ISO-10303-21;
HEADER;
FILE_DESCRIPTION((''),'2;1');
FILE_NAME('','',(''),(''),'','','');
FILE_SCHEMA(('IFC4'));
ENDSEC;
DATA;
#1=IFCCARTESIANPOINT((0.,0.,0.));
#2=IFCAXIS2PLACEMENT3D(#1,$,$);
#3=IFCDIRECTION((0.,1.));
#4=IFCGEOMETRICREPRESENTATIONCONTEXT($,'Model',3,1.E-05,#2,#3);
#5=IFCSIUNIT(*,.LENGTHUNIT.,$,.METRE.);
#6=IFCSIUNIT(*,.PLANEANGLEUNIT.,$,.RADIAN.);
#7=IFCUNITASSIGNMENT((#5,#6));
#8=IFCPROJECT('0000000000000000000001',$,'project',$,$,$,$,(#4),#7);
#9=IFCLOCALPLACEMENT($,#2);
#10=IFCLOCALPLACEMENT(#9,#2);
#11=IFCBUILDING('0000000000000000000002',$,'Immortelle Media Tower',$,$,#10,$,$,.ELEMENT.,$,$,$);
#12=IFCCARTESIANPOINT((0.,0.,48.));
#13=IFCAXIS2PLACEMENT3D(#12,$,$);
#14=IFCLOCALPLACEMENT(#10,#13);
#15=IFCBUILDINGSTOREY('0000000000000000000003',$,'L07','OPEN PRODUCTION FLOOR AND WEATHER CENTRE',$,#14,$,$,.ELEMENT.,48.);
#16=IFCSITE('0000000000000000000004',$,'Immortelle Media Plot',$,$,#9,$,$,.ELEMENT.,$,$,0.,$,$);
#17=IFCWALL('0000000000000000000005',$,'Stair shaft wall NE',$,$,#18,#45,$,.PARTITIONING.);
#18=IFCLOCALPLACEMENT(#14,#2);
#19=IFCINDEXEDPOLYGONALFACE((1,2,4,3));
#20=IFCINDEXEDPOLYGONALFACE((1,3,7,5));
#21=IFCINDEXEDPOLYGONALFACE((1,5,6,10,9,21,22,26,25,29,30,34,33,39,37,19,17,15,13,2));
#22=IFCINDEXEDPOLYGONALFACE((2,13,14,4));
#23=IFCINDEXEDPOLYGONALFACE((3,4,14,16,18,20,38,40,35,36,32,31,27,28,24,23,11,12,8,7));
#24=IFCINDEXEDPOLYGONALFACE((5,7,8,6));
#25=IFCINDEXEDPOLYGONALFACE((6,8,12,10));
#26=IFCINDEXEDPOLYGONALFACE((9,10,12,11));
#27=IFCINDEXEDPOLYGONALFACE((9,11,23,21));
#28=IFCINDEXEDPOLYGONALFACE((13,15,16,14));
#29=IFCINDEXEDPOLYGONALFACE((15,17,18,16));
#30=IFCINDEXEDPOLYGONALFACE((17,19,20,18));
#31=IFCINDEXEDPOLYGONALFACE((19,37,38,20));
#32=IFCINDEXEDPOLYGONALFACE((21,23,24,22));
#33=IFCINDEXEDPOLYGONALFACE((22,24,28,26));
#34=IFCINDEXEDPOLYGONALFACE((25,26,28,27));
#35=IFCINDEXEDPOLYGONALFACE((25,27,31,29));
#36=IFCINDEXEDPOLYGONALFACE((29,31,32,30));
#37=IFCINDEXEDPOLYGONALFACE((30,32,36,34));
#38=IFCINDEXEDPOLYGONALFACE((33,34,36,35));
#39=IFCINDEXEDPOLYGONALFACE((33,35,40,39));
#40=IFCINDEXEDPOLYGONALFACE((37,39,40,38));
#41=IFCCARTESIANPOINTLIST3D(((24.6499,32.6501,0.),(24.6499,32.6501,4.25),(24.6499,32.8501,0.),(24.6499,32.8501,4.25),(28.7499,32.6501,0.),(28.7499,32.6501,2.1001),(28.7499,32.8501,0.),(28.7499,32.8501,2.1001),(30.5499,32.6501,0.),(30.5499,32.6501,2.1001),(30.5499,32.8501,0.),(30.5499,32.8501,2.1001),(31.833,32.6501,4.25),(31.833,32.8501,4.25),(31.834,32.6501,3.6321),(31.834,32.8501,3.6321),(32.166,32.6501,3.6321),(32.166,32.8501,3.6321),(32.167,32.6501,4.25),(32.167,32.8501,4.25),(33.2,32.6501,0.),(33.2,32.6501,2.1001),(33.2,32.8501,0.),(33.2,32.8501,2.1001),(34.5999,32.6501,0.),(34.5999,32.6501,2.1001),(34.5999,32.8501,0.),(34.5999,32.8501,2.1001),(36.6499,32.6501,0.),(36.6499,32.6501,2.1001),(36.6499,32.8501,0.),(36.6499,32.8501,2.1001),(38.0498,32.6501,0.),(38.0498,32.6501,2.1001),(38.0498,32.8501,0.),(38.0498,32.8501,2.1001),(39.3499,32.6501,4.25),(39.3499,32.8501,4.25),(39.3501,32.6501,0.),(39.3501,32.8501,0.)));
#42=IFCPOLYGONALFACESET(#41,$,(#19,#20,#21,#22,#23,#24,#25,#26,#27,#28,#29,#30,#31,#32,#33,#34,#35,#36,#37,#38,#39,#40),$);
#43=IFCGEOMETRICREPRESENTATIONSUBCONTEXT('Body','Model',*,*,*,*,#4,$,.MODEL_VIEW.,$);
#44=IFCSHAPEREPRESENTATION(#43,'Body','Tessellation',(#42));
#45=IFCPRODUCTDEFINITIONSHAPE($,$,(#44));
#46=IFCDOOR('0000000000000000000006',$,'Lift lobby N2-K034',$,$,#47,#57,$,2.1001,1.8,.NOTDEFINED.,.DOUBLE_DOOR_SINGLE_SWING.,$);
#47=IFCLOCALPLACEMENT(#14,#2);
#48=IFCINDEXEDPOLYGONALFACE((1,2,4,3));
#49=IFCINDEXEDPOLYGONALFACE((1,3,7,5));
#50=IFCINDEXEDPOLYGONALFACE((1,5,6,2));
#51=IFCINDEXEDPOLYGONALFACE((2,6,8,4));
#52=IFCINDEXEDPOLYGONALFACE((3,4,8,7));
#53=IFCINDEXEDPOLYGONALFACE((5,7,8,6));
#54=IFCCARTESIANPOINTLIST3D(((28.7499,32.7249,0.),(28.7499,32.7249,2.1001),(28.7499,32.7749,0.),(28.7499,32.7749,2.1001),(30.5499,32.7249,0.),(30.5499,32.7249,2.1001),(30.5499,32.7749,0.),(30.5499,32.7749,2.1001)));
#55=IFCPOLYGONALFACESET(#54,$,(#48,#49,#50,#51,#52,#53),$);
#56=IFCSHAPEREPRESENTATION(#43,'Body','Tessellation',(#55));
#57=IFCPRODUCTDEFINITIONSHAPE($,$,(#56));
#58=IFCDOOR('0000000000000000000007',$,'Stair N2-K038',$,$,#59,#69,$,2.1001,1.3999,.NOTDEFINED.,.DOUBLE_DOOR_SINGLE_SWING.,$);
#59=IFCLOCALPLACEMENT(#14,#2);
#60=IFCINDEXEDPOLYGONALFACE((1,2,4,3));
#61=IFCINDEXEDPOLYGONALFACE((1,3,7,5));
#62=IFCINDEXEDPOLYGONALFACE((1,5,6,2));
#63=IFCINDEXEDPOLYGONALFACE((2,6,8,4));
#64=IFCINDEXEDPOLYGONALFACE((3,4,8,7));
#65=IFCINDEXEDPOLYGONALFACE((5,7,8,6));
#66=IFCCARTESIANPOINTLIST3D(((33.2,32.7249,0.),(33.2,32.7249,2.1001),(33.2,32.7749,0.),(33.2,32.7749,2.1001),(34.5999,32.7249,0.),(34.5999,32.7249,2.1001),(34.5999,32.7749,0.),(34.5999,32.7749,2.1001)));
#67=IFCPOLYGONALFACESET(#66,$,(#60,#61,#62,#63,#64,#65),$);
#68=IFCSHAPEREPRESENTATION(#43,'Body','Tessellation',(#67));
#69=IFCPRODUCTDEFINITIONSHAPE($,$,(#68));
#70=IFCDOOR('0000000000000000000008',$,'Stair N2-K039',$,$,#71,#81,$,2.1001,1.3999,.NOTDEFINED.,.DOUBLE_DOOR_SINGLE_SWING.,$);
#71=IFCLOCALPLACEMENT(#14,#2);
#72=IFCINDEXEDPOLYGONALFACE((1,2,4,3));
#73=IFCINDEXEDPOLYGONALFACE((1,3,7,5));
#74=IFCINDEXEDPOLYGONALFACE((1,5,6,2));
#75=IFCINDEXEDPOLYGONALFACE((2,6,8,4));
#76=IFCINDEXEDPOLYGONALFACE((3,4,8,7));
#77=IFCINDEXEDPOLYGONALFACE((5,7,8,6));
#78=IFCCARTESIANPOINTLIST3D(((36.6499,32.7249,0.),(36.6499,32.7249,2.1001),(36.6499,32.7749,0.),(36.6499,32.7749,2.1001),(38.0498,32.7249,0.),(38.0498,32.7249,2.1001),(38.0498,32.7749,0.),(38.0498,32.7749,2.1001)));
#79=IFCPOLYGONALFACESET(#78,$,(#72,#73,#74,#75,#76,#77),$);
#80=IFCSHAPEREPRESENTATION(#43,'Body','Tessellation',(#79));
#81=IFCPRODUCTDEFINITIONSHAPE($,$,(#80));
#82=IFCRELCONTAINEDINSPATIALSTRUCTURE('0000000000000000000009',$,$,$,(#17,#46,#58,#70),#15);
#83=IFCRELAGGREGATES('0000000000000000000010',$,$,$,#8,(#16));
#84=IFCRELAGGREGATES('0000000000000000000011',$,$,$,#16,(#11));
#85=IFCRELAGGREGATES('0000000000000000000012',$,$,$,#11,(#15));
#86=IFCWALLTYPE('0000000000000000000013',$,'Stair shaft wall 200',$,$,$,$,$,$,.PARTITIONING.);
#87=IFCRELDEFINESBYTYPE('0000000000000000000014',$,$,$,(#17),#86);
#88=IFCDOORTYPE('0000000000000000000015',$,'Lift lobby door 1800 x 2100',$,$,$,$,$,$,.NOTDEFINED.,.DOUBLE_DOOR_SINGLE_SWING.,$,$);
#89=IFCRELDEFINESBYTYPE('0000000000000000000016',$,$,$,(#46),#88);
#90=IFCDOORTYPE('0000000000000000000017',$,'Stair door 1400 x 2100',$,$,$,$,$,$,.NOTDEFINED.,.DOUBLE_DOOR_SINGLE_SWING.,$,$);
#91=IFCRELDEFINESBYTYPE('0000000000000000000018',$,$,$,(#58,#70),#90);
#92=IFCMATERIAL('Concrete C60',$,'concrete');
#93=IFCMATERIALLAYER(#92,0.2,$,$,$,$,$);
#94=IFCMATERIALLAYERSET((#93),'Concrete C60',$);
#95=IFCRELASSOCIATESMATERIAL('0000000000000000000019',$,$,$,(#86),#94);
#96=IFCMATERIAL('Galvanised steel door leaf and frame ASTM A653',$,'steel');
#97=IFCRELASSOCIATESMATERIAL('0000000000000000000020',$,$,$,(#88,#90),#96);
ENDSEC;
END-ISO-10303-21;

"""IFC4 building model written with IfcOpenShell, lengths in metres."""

from ifc_helpers import new_model, si_unit, direction, frame, frame_2d, origin, place, context, subcontext, project, spatial, polyline, rectangle, outline, extrude, material, layer, layer_set, type_object, element, fill, save


model = new_model("IFC4")

# Units and contexts
model_context = context("Model", 3, precision=1e-05, world=origin(), true_north=direction((0.0, 1.0)))
body_context = subcontext(model_context, "Body", "Model", "MODEL_VIEW")
ifc_project = project(units=[si_unit("LENGTHUNIT", "METRE"), si_unit("PLANEANGLEUNIT", "RADIAN")], contexts=[model_context])

# Site, building, storey
site_placement = place(None, origin())
site = spatial("IfcSite", under=ifc_project, at=site_placement, Name="Immortelle Media Plot", CompositionType="ELEMENT", RefElevation=0.0)
building_placement = place(site_placement, origin())
building = spatial("IfcBuilding", under=site, at=building_placement, Name="Immortelle Media Tower", CompositionType="ELEMENT")
storey_placement = place(building_placement, frame((0.0, 0.0, 48.0)))
storey = spatial("IfcBuildingStorey", under=building, at=storey_placement, Name="L07", Description="OPEN PRODUCTION FLOOR AND WEATHER CENTRE", CompositionType="ELEMENT", Elevation=48.0)

# Shared definitions
ifc_material_1 = material(Name="Galvanised steel door leaf and frame ASTM A653", Category="steel")

# Shared definitions
ifc_material_2 = material(Name="Concrete C60", Category="concrete")
ifc_layer_1 = layer(ifc_material_2, 0.2)
ifc_layer_set_1 = layer_set([ifc_layer_1], Name="Concrete C60")
wall_type_1 = type_object("IfcWallType", Name="Stair shaft wall 200", PredefinedType="PARTITIONING", material=ifc_layer_set_1)

# Wall, openings, doors
wall_1_placement = place(storey_placement, frame((24.6499, 32.75, 0.0), z_axis=(0.0, 0.0, 1.0), x_axis=(1.0, 0.0, 0.0)))
wall_1 = element("IfcWall", 1, at=wall_1_placement, inside=storey, type_object=wall_type_1, Name="Stair shaft wall NE", PredefinedType="PARTITIONING", context=body_context, shape_type="SweptSolid", body=[
    extrude(outline(polyline([(0.0, 0.0), (14.7002, 0.0), (14.7, 4.25), (7.5171, 4.25), (7.5161, 3.6321), (7.1841, 3.6321), (7.1831, 4.25), (0.0, 4.25), (0.0, 0.0)])), frame((0.0, 0.1001, 0.0), z_axis=(0.0, -1.0, 0.0), x_axis=(1.0, 0.0, 0.0)), (0.0, 0.0, 1.0), 0.2),
])
opening_1_placement = place(wall_1_placement, frame((4.1001, 0.0, 0.0)))
opening_1 = element("IfcOpeningElement", 2, at=opening_1_placement, cuts=wall_1, PredefinedType="OPENING", context=body_context, shape_type="SweptSolid", body=[
    extrude(rectangle(XDim=1.8, YDim=2.1001, at=frame_2d((0.8999, 1.05))), frame((0.0, 0.1099, 0.0), z_axis=(0.0, -1.0, 0.0), x_axis=(1.0, 0.0, 0.0)), (0.0, 0.0, 1.0), 0.22),
])
opening_2_placement = place(wall_1_placement, frame((8.55, 0.0, 0.0)))
opening_2 = element("IfcOpeningElement", 3, at=opening_2_placement, cuts=wall_1, PredefinedType="OPENING", context=body_context, shape_type="SweptSolid", body=[
    extrude(rectangle(XDim=1.3999, YDim=2.1001, at=frame_2d((0.7, 1.05))), frame((0.0, 0.1099, 0.0), z_axis=(0.0, -1.0, 0.0), x_axis=(1.0, 0.0, 0.0)), (0.0, 0.0, 1.0), 0.22),
])
opening_3_placement = place(wall_1_placement, frame((12.0, 0.0, 0.0)))
opening_3 = element("IfcOpeningElement", 4, at=opening_3_placement, cuts=wall_1, PredefinedType="OPENING", context=body_context, shape_type="SweptSolid", body=[
    extrude(rectangle(XDim=1.3999, YDim=2.1001, at=frame_2d((0.7, 1.05))), frame((0.0, 0.1099, 0.0), z_axis=(0.0, -1.0, 0.0), x_axis=(1.0, 0.0, 0.0)), (0.0, 0.0, 1.0), 0.22),
])
door_type_1 = type_object("IfcDoorType", Name="Lift lobby door 1800 x 2100", OperationType="DOUBLE_DOOR_SINGLE_SWING", PredefinedType="NOTDEFINED", material=ifc_material_1)
door_1_placement = place(opening_1_placement, origin())
door_1 = element("IfcDoor", 5, at=door_1_placement, inside=storey, type_object=door_type_1, Name="Lift lobby N2-K034", OperationType="DOUBLE_DOOR_SINGLE_SWING", OverallHeight=2.1001, OverallWidth=1.8, PredefinedType="NOTDEFINED", context=body_context, shape_type="SweptSolid", body=[
    extrude(rectangle(XDim=1.8, YDim=2.1001, at=frame_2d((0.8999, 1.05))), frame((0.0, 0.0249, 0.0), z_axis=(0.0, -1.0, 0.0), x_axis=(1.0, 0.0, 0.0)), (0.0, 0.0, 1.0), 0.05),
])
fill(opening_1, door_1)
door_type_2 = type_object("IfcDoorType", Name="Stair door 1400 x 2100", OperationType="DOUBLE_DOOR_SINGLE_SWING", PredefinedType="NOTDEFINED", material=ifc_material_1)
door_2_placement = place(opening_2_placement, origin())
door_2 = element("IfcDoor", 6, at=door_2_placement, inside=storey, type_object=door_type_2, Name="Stair N2-K038", OperationType="DOUBLE_DOOR_SINGLE_SWING", OverallHeight=2.1001, OverallWidth=1.3999, PredefinedType="NOTDEFINED", context=body_context, shape_type="SweptSolid", body=[
    extrude(rectangle(XDim=1.3999, YDim=2.1001, at=frame_2d((0.7, 1.05))), frame((0.0, 0.0249, 0.0), z_axis=(0.0, -1.0, 0.0), x_axis=(1.0, 0.0, 0.0)), (0.0, 0.0, 1.0), 0.05),
])
fill(opening_2, door_2)
door_3_placement = place(opening_3_placement, origin())
door_3 = element("IfcDoor", 7, at=door_3_placement, inside=storey, type_object=door_type_2, Name="Stair N2-K039", OperationType="DOUBLE_DOOR_SINGLE_SWING", OverallHeight=2.1001, OverallWidth=1.3999, PredefinedType="NOTDEFINED", context=body_context, shape_type="SweptSolid", body=[
    extrude(rectangle(XDim=1.3999, YDim=2.1001, at=frame_2d((0.7, 1.05))), frame((0.0, 0.0249, 0.0), z_axis=(0.0, -1.0, 0.0), x_axis=(1.0, 0.0, 0.0)), (0.0, 0.0, 1.0), 0.05),
])
fill(opening_3, door_3)

save(model, "model.ifc")
